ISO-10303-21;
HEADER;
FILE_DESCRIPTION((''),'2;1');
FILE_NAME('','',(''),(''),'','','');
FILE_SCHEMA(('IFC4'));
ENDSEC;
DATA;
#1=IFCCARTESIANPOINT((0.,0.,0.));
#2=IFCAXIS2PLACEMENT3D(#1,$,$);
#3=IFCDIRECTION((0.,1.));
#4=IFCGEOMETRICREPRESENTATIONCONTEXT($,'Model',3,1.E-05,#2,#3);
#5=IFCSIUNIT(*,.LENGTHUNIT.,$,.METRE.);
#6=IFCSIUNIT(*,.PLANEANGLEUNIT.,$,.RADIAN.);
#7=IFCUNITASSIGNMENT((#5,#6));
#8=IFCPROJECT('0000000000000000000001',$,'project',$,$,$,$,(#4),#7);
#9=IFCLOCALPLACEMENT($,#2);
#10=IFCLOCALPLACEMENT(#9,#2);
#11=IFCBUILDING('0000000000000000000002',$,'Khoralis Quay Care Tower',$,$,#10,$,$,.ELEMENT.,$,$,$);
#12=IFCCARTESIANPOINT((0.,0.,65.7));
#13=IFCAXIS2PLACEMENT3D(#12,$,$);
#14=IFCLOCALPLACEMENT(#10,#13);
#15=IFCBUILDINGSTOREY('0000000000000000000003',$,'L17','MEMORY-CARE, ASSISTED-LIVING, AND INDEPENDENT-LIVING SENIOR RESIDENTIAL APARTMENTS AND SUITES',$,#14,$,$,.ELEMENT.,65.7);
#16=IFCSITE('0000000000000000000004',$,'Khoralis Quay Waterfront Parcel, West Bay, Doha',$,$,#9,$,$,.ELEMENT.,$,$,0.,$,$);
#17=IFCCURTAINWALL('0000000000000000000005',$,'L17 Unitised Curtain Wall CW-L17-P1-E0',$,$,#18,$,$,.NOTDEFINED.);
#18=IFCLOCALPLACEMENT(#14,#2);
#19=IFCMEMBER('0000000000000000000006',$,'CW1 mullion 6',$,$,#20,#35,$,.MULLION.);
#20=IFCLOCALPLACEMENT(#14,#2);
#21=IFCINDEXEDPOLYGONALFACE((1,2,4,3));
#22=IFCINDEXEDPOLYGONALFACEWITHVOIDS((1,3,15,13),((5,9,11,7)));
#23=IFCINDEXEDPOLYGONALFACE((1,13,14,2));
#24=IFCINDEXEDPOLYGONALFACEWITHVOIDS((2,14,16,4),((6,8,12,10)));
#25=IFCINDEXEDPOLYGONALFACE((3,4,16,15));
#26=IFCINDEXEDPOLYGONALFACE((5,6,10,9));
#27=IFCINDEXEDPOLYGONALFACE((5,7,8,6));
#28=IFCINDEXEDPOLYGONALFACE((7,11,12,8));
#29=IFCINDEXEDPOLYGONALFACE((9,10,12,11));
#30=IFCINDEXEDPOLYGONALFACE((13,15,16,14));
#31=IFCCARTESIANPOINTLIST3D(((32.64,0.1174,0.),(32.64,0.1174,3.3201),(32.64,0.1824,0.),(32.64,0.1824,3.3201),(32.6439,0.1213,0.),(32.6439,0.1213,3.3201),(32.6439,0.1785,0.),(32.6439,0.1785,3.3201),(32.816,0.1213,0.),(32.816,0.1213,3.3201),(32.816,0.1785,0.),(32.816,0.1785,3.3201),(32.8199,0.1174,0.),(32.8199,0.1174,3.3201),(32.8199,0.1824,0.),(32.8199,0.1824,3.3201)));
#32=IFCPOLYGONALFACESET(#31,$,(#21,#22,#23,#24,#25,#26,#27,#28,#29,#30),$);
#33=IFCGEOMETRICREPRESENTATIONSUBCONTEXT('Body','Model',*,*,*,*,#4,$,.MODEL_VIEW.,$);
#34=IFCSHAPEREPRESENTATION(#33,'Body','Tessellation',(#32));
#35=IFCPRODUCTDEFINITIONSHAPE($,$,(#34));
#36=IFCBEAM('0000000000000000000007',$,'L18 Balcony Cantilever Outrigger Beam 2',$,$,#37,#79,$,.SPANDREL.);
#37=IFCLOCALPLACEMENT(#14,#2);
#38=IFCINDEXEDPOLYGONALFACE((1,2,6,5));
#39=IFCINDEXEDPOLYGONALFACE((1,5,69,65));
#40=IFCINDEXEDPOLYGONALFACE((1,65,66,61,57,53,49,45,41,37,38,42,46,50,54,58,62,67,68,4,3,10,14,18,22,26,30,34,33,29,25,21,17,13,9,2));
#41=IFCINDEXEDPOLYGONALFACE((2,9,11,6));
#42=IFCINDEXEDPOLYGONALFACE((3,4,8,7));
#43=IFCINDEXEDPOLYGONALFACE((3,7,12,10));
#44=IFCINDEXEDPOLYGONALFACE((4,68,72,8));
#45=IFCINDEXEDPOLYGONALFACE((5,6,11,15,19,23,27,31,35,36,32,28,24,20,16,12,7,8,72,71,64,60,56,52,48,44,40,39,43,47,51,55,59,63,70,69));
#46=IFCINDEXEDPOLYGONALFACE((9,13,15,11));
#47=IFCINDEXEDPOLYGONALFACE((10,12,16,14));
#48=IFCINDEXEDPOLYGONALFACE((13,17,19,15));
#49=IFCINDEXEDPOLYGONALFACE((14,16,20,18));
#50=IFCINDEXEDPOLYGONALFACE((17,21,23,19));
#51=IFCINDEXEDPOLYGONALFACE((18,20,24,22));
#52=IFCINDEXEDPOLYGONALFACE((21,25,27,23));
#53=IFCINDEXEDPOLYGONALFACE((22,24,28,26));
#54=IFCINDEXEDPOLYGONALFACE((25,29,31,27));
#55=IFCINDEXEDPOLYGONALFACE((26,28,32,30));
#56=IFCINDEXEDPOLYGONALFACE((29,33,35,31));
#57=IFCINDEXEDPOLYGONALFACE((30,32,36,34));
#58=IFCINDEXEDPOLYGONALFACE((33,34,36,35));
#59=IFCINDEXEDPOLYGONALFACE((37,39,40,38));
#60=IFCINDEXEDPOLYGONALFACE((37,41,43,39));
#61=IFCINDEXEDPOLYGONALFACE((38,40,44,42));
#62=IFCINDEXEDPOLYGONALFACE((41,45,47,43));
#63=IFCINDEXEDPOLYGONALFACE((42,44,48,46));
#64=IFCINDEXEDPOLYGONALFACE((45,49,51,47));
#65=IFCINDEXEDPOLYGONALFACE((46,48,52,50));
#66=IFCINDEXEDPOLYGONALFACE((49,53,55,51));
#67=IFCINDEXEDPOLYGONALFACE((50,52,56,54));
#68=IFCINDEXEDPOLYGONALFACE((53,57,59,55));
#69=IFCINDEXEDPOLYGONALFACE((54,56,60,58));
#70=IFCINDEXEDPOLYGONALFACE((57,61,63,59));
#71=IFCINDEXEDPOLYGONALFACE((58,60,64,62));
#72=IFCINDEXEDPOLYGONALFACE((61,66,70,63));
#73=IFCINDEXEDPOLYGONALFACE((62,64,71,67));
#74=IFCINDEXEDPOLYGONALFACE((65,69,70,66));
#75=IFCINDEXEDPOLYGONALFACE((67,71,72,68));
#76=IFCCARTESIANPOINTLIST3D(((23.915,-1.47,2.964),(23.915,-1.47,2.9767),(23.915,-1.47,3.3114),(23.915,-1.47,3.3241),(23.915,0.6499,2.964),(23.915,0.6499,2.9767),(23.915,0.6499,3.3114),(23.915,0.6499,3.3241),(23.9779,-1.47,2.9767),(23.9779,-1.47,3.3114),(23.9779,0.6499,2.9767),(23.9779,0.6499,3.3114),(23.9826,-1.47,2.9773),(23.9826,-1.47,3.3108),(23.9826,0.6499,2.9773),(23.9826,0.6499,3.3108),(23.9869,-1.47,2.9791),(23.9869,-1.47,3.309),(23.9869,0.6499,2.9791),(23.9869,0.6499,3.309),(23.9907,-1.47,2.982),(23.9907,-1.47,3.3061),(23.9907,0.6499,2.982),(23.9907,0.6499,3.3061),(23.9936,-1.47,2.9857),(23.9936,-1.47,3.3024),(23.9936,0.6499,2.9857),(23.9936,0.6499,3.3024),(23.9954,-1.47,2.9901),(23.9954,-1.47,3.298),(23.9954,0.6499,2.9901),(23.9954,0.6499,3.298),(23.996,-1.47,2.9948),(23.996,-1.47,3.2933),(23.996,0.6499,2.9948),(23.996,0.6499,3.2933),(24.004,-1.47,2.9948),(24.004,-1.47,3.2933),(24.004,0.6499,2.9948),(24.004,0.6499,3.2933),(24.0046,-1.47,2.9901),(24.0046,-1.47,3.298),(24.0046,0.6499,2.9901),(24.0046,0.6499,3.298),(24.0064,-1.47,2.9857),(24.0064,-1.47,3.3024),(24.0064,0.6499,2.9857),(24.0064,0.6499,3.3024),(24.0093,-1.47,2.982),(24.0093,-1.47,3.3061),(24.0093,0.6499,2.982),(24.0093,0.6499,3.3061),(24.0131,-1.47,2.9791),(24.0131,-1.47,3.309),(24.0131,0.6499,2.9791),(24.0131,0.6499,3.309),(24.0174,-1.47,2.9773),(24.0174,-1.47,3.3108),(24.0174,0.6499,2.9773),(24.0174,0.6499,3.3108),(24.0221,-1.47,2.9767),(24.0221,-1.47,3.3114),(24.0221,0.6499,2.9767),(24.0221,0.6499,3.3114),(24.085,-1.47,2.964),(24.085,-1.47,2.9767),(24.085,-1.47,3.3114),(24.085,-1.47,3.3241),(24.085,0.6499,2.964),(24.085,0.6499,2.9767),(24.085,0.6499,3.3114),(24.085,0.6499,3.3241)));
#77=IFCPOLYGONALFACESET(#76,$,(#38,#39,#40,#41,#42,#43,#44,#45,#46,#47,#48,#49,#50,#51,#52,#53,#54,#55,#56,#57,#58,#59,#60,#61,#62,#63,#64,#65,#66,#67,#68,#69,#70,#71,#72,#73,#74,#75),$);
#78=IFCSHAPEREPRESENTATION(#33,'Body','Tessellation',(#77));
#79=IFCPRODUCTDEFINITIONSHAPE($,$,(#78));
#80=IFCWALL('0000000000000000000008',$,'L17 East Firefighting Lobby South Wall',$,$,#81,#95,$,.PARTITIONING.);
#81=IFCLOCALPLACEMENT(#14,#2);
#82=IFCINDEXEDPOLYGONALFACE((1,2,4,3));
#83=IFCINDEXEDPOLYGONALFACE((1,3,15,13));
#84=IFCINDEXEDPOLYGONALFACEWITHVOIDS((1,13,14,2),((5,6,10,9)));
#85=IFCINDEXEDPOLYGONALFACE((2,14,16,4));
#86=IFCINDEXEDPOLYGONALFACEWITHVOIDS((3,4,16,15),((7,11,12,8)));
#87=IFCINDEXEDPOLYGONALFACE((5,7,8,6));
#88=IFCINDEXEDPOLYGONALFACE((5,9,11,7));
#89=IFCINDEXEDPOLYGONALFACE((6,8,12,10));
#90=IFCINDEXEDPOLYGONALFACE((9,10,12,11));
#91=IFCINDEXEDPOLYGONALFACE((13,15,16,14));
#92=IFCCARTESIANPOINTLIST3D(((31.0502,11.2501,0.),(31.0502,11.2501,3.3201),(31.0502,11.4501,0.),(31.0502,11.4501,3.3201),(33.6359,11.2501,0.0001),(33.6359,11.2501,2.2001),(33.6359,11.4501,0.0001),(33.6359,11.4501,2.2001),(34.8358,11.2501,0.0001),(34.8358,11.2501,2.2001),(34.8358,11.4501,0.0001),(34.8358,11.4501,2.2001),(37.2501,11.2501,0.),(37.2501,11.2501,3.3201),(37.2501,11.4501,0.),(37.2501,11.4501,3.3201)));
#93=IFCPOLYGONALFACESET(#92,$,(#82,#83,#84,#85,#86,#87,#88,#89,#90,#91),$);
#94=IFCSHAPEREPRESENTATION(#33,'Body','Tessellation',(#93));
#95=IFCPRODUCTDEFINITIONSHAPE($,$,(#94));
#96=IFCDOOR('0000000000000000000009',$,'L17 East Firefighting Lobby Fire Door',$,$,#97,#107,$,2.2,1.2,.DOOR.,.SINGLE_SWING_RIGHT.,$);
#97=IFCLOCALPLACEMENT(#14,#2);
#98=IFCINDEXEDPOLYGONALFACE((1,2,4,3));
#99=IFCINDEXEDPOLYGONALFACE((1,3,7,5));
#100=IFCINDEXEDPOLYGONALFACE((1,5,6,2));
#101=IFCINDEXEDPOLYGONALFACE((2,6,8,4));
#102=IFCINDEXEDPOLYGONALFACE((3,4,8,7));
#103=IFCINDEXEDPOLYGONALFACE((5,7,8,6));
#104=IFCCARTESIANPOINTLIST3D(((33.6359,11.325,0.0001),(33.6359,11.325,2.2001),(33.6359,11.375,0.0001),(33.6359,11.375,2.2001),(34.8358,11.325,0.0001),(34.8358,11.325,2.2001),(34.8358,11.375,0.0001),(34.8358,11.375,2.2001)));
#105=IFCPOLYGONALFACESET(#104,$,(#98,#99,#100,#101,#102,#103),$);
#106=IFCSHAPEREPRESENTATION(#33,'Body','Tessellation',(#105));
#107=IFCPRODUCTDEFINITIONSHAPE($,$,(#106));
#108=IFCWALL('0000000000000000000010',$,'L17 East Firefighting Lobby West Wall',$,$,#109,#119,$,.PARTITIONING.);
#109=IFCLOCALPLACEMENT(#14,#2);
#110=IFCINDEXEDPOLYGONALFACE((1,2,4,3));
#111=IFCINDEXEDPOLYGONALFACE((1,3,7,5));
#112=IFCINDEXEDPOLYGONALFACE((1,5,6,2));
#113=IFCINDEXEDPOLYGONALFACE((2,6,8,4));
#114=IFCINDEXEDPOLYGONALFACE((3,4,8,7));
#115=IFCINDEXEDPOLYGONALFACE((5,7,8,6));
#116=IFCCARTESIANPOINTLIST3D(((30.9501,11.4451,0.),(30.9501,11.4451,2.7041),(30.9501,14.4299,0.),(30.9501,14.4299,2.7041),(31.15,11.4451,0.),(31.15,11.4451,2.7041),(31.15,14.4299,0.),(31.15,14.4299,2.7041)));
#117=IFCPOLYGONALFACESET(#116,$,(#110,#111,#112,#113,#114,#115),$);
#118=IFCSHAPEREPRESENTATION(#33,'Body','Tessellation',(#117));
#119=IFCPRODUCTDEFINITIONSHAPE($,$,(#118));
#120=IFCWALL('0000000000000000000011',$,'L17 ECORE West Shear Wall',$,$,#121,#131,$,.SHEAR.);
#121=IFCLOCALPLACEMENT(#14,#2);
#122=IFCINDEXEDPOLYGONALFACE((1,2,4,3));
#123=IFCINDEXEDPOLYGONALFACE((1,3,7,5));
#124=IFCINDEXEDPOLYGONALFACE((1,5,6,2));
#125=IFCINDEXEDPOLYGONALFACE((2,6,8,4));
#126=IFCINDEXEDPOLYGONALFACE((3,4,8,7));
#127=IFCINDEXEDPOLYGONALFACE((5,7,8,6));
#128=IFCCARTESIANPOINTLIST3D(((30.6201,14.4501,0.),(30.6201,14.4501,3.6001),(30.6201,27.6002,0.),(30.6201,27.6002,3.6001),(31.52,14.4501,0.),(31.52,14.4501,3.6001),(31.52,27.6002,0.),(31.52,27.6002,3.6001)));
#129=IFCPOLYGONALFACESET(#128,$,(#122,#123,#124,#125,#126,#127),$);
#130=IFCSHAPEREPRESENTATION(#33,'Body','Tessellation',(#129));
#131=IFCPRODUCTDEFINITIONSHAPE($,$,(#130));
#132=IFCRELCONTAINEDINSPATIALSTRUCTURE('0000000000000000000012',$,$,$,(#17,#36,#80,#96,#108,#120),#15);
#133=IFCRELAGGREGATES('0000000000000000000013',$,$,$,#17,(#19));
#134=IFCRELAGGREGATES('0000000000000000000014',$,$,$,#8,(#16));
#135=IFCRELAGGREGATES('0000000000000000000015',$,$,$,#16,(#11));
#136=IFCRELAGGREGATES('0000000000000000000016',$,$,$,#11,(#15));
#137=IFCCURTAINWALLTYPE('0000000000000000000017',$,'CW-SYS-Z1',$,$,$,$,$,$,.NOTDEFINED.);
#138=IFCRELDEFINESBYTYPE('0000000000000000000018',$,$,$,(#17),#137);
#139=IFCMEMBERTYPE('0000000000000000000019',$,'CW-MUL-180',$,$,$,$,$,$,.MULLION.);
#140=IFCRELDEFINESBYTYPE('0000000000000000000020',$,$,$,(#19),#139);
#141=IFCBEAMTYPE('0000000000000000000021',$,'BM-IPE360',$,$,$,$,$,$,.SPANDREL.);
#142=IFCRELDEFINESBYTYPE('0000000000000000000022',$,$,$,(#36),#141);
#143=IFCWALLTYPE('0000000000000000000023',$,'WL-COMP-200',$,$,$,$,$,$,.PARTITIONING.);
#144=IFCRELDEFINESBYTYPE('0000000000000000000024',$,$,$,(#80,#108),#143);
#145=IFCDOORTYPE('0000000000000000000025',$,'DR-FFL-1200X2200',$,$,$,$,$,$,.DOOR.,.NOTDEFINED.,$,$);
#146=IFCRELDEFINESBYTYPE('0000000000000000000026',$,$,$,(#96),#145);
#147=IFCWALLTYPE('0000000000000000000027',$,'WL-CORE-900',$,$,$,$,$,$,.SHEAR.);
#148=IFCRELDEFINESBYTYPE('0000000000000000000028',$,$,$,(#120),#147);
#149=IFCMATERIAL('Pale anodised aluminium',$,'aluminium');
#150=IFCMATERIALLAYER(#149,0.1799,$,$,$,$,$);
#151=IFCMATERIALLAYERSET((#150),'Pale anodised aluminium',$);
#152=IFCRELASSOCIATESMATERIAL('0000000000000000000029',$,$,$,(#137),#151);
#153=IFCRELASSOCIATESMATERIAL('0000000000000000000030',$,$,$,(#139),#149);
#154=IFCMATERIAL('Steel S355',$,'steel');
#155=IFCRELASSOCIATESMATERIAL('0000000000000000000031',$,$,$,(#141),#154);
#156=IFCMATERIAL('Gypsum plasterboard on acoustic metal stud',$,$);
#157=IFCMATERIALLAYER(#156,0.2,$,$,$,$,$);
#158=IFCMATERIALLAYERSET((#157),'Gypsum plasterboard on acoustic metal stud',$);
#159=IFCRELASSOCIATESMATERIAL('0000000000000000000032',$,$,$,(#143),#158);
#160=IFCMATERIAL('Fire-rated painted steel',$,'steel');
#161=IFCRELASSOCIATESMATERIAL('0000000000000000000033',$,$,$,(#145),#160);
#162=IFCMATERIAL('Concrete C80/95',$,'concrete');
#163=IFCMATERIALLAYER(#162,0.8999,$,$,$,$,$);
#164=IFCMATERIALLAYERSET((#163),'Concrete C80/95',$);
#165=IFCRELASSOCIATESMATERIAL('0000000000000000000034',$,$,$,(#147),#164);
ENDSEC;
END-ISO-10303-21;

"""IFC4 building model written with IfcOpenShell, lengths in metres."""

from ifc_helpers import new_model, si_unit, direction, frame, frame_2d, origin, origin_2d, place, context, subcontext, project, spatial, rectangle, hollow_rectangle, i_section, extrude, source, transform, mapped, material, layer, layer_set, material_profile, profile_set, type_object, element, fill, aggregate, save


model = new_model("IFC4")

# Units and contexts
model_context = context("Model", 3, precision=1e-05, world=origin(), true_north=direction((0.0, 1.0)))
body_context = subcontext(model_context, "Body", "Model", "MODEL_VIEW")
ifc_project = project(units=[si_unit("LENGTHUNIT", "METRE"), si_unit("PLANEANGLEUNIT", "RADIAN")], contexts=[model_context])

# Site, building, storey
site_placement = place(None, origin())
site = spatial("IfcSite", under=ifc_project, at=site_placement, Name="Khoralis Quay Waterfront Parcel, West Bay, Doha", CompositionType="ELEMENT", RefElevation=0.0)
building_placement = place(site_placement, origin())
building = spatial("IfcBuilding", under=site, at=building_placement, Name="Khoralis Quay Care Tower", CompositionType="ELEMENT")
storey_placement = place(building_placement, frame((0.0, 0.0, 65.7)))
storey = spatial("IfcBuildingStorey", under=building, at=storey_placement, Name="L17", Description="MEMORY-CARE, ASSISTED-LIVING, AND INDEPENDENT-LIVING SENIOR RESIDENTIAL APARTMENTS AND SUITES", CompositionType="ELEMENT", Elevation=65.7)

# Shared definitions
ifc_material_1 = material(Name="Concrete C80/95", Category="concrete")

# Shared definitions
ifc_material_2 = material(Name="Steel S355", Category="steel")

# Curtain wall, member
ifc_material_3 = material(Name="Pale anodised aluminium", Category="aluminium")
ifc_layer_1 = layer(ifc_material_3, 0.1799)
ifc_layer_set_1 = layer_set([ifc_layer_1], Name="Pale anodised aluminium")
curtain_wall_type = type_object("IfcCurtainWallType", Name="CW-SYS-Z1", PredefinedType="NOTDEFINED", material=ifc_layer_set_1)
curtain_wall_placement = place(storey_placement, origin())
curtain_wall = element("IfcCurtainWall", 1, at=curtain_wall_placement, inside=storey, type_object=curtain_wall_type, Name="L17 Unitised Curtain Wall CW-L17-P1-E0", PredefinedType="NOTDEFINED")
ifc_material_profile_1 = material_profile(ifc_material_3, hollow_rectangle(XDim=0.0649, YDim=0.1799, WallThickness=0.0039, at=origin_2d()), Name="Pale anodised aluminium")
ifc_profile_set_1 = profile_set([ifc_material_profile_1], Name="Pale anodised aluminium")
member_type = type_object("IfcMemberType", Name="CW-MUL-180", PredefinedType="MULLION", material=ifc_profile_set_1)
shared_shape_1 = source(origin(), body_context, "Body", "SweptSolid", [
    extrude(hollow_rectangle(XDim=0.0649, YDim=0.1799, WallThickness=0.0039, at=origin_2d()), origin(), (0.0, 0.0, 1.0), 3.3201),
])
member_placement = place(storey_placement, frame((32.73, 0.1499, 0.0), z_axis=(0.0, 0.0, 1.0), x_axis=(0.0, 1.0, 0.0)))
member = element("IfcMember", 2, at=member_placement, type_object=member_type, Name="CW1 mullion 6", PredefinedType="MULLION", context=body_context, shape_type="MappedRepresentation", body=[
    mapped(shared_shape_1, transform((0.0, 0.0, 0.0), scale=1.0)),
])
aggregate(curtain_wall, [member])

# Beam
ifc_material_profile_2 = material_profile(ifc_material_2, i_section(OverallWidth=0.1699, OverallDepth=0.3601, WebThickness=0.0081, FlangeThickness=0.0127, FilletRadius=0.0181, at=origin_2d()), Name="Steel S355")
ifc_profile_set_2 = profile_set([ifc_material_profile_2], Name="Steel S355")
beam_type_1 = type_object("IfcBeamType", Name="BM-IPE360", PredefinedType="SPANDREL", material=ifc_profile_set_2)
shared_shape_2 = source(origin(), body_context, "Body", "SweptSolid", [
    extrude(i_section(OverallWidth=0.1699, OverallDepth=0.3601, WebThickness=0.0081, FlangeThickness=0.0127, FilletRadius=0.0181, at=origin_2d()), origin(), (0.0, 0.0, 1.0), 2.1199),
])
beam_1_placement = place(storey_placement, frame((24.0, 0.6499, 3.144), z_axis=(0.0, -1.0, 0.0), x_axis=(1.0, 0.0, 0.0)))
element("IfcBeam", 3, at=beam_1_placement, inside=storey, type_object=beam_type_1, Name="L18 Balcony Cantilever Outrigger Beam 2", PredefinedType="SPANDREL", context=body_context, shape_type="MappedRepresentation", body=[
    mapped(shared_shape_2, transform((0.0, 0.0, 0.0), scale=1.0)),
])

# Wall, opening, door
ifc_material_4 = material(Name="Gypsum plasterboard on acoustic metal stud")
ifc_layer_2 = layer(ifc_material_4, 0.2)
ifc_layer_set_2 = layer_set([ifc_layer_2], Name="Gypsum plasterboard on acoustic metal stud")
wall_type_1 = type_object("IfcWallType", Name="WL-COMP-200", PredefinedType="PARTITIONING", material=ifc_layer_set_2)
wall_1_placement = place(storey_placement, frame((31.05, 11.3501, 0.0), z_axis=(0.0, 0.0, 1.0), x_axis=(1.0, 0.0, 0.0)))
wall_1 = element("IfcWall", 4, at=wall_1_placement, inside=storey, type_object=wall_type_1, Name="L17 East Firefighting Lobby South Wall", PredefinedType="PARTITIONING", context=body_context, shape_type="SweptSolid", body=[
    extrude(rectangle(XDim=6.2, YDim=0.2, at=frame_2d((3.1001, 0.0))), origin(), (0.0, 0.0, 1.0), 3.3201),
])
opening_1_placement = place(wall_1_placement, frame((2.5857, 0.0, 0.0)))
opening_1 = element("IfcOpeningElement", 5, at=opening_1_placement, cuts=wall_1, PredefinedType="OPENING", context=body_context, shape_type="SweptSolid", body=[
    extrude(rectangle(XDim=1.2, YDim=2.2, at=frame_2d((0.6001, 1.1001))), frame((0.0, 0.1099, 0.0), z_axis=(0.0, -1.0, 0.0), x_axis=(1.0, 0.0, 0.0)), (0.0, 0.0, 1.0), 0.22),
])
ifc_material_5 = material(Name="Fire-rated painted steel", Category="steel")
door_type_1 = type_object("IfcDoorType", Name="DR-FFL-1200X2200", OperationType="NOTDEFINED", PredefinedType="DOOR", material=ifc_material_5)
shared_shape_3 = source(origin(), body_context, "Body", "SweptSolid", [
    extrude(rectangle(XDim=1.2, YDim=2.2, at=frame_2d((0.6001, 1.1001))), frame((0.0, 0.0249, 0.0), z_axis=(0.0, -1.0, 0.0), x_axis=(1.0, 0.0, 0.0)), (0.0, 0.0, 1.0), 0.05),
])
door_1_placement = place(opening_1_placement, origin())
door_1 = element("IfcDoor", 6, at=door_1_placement, inside=storey, type_object=door_type_1, Name="L17 East Firefighting Lobby Fire Door", OperationType="SINGLE_SWING_RIGHT", OverallHeight=2.2, OverallWidth=1.2, PredefinedType="DOOR", context=body_context, shape_type="MappedRepresentation", body=[
    mapped(shared_shape_3, transform((0.0, 0.0, 0.0), scale=1.0)),
])
fill(opening_1, door_1)

# Walls
wall_2_placement = place(storey_placement, frame((31.05, 11.4451, 0.0), z_axis=(0.0, 0.0, 1.0), x_axis=(0.0, 1.0, 0.0)))
element("IfcWall", 7, at=wall_2_placement, inside=storey, type_object=wall_type_1, Name="L17 East Firefighting Lobby West Wall", PredefinedType="PARTITIONING", context=body_context, shape_type="SweptSolid", body=[
    extrude(rectangle(XDim=2.9849, YDim=0.2, at=frame_2d((1.4924, 0.0))), origin(), (0.0, 0.0, 1.0), 2.7041),
])
ifc_layer_3 = layer(ifc_material_1, 0.8999)
ifc_layer_set_3 = layer_set([ifc_layer_3], Name="Concrete C80/95")
wall_type_2 = type_object("IfcWallType", Name="WL-CORE-900", PredefinedType="SHEAR", material=ifc_layer_set_3)
wall_3_placement = place(storey_placement, frame((31.0701, 14.45, 0.0), z_axis=(0.0, 0.0, 1.0), x_axis=(0.0, 1.0, 0.0)))
element("IfcWall", 8, at=wall_3_placement, inside=storey, type_object=wall_type_2, Name="L17 ECORE West Shear Wall", PredefinedType="SHEAR", context=body_context, shape_type="SweptSolid", body=[
    extrude(rectangle(XDim=13.1501, YDim=0.8999, at=frame_2d((6.5752, 0.0))), origin(), (0.0, 0.0, 1.0), 3.6001),
])

save(model, "model.ifc")
